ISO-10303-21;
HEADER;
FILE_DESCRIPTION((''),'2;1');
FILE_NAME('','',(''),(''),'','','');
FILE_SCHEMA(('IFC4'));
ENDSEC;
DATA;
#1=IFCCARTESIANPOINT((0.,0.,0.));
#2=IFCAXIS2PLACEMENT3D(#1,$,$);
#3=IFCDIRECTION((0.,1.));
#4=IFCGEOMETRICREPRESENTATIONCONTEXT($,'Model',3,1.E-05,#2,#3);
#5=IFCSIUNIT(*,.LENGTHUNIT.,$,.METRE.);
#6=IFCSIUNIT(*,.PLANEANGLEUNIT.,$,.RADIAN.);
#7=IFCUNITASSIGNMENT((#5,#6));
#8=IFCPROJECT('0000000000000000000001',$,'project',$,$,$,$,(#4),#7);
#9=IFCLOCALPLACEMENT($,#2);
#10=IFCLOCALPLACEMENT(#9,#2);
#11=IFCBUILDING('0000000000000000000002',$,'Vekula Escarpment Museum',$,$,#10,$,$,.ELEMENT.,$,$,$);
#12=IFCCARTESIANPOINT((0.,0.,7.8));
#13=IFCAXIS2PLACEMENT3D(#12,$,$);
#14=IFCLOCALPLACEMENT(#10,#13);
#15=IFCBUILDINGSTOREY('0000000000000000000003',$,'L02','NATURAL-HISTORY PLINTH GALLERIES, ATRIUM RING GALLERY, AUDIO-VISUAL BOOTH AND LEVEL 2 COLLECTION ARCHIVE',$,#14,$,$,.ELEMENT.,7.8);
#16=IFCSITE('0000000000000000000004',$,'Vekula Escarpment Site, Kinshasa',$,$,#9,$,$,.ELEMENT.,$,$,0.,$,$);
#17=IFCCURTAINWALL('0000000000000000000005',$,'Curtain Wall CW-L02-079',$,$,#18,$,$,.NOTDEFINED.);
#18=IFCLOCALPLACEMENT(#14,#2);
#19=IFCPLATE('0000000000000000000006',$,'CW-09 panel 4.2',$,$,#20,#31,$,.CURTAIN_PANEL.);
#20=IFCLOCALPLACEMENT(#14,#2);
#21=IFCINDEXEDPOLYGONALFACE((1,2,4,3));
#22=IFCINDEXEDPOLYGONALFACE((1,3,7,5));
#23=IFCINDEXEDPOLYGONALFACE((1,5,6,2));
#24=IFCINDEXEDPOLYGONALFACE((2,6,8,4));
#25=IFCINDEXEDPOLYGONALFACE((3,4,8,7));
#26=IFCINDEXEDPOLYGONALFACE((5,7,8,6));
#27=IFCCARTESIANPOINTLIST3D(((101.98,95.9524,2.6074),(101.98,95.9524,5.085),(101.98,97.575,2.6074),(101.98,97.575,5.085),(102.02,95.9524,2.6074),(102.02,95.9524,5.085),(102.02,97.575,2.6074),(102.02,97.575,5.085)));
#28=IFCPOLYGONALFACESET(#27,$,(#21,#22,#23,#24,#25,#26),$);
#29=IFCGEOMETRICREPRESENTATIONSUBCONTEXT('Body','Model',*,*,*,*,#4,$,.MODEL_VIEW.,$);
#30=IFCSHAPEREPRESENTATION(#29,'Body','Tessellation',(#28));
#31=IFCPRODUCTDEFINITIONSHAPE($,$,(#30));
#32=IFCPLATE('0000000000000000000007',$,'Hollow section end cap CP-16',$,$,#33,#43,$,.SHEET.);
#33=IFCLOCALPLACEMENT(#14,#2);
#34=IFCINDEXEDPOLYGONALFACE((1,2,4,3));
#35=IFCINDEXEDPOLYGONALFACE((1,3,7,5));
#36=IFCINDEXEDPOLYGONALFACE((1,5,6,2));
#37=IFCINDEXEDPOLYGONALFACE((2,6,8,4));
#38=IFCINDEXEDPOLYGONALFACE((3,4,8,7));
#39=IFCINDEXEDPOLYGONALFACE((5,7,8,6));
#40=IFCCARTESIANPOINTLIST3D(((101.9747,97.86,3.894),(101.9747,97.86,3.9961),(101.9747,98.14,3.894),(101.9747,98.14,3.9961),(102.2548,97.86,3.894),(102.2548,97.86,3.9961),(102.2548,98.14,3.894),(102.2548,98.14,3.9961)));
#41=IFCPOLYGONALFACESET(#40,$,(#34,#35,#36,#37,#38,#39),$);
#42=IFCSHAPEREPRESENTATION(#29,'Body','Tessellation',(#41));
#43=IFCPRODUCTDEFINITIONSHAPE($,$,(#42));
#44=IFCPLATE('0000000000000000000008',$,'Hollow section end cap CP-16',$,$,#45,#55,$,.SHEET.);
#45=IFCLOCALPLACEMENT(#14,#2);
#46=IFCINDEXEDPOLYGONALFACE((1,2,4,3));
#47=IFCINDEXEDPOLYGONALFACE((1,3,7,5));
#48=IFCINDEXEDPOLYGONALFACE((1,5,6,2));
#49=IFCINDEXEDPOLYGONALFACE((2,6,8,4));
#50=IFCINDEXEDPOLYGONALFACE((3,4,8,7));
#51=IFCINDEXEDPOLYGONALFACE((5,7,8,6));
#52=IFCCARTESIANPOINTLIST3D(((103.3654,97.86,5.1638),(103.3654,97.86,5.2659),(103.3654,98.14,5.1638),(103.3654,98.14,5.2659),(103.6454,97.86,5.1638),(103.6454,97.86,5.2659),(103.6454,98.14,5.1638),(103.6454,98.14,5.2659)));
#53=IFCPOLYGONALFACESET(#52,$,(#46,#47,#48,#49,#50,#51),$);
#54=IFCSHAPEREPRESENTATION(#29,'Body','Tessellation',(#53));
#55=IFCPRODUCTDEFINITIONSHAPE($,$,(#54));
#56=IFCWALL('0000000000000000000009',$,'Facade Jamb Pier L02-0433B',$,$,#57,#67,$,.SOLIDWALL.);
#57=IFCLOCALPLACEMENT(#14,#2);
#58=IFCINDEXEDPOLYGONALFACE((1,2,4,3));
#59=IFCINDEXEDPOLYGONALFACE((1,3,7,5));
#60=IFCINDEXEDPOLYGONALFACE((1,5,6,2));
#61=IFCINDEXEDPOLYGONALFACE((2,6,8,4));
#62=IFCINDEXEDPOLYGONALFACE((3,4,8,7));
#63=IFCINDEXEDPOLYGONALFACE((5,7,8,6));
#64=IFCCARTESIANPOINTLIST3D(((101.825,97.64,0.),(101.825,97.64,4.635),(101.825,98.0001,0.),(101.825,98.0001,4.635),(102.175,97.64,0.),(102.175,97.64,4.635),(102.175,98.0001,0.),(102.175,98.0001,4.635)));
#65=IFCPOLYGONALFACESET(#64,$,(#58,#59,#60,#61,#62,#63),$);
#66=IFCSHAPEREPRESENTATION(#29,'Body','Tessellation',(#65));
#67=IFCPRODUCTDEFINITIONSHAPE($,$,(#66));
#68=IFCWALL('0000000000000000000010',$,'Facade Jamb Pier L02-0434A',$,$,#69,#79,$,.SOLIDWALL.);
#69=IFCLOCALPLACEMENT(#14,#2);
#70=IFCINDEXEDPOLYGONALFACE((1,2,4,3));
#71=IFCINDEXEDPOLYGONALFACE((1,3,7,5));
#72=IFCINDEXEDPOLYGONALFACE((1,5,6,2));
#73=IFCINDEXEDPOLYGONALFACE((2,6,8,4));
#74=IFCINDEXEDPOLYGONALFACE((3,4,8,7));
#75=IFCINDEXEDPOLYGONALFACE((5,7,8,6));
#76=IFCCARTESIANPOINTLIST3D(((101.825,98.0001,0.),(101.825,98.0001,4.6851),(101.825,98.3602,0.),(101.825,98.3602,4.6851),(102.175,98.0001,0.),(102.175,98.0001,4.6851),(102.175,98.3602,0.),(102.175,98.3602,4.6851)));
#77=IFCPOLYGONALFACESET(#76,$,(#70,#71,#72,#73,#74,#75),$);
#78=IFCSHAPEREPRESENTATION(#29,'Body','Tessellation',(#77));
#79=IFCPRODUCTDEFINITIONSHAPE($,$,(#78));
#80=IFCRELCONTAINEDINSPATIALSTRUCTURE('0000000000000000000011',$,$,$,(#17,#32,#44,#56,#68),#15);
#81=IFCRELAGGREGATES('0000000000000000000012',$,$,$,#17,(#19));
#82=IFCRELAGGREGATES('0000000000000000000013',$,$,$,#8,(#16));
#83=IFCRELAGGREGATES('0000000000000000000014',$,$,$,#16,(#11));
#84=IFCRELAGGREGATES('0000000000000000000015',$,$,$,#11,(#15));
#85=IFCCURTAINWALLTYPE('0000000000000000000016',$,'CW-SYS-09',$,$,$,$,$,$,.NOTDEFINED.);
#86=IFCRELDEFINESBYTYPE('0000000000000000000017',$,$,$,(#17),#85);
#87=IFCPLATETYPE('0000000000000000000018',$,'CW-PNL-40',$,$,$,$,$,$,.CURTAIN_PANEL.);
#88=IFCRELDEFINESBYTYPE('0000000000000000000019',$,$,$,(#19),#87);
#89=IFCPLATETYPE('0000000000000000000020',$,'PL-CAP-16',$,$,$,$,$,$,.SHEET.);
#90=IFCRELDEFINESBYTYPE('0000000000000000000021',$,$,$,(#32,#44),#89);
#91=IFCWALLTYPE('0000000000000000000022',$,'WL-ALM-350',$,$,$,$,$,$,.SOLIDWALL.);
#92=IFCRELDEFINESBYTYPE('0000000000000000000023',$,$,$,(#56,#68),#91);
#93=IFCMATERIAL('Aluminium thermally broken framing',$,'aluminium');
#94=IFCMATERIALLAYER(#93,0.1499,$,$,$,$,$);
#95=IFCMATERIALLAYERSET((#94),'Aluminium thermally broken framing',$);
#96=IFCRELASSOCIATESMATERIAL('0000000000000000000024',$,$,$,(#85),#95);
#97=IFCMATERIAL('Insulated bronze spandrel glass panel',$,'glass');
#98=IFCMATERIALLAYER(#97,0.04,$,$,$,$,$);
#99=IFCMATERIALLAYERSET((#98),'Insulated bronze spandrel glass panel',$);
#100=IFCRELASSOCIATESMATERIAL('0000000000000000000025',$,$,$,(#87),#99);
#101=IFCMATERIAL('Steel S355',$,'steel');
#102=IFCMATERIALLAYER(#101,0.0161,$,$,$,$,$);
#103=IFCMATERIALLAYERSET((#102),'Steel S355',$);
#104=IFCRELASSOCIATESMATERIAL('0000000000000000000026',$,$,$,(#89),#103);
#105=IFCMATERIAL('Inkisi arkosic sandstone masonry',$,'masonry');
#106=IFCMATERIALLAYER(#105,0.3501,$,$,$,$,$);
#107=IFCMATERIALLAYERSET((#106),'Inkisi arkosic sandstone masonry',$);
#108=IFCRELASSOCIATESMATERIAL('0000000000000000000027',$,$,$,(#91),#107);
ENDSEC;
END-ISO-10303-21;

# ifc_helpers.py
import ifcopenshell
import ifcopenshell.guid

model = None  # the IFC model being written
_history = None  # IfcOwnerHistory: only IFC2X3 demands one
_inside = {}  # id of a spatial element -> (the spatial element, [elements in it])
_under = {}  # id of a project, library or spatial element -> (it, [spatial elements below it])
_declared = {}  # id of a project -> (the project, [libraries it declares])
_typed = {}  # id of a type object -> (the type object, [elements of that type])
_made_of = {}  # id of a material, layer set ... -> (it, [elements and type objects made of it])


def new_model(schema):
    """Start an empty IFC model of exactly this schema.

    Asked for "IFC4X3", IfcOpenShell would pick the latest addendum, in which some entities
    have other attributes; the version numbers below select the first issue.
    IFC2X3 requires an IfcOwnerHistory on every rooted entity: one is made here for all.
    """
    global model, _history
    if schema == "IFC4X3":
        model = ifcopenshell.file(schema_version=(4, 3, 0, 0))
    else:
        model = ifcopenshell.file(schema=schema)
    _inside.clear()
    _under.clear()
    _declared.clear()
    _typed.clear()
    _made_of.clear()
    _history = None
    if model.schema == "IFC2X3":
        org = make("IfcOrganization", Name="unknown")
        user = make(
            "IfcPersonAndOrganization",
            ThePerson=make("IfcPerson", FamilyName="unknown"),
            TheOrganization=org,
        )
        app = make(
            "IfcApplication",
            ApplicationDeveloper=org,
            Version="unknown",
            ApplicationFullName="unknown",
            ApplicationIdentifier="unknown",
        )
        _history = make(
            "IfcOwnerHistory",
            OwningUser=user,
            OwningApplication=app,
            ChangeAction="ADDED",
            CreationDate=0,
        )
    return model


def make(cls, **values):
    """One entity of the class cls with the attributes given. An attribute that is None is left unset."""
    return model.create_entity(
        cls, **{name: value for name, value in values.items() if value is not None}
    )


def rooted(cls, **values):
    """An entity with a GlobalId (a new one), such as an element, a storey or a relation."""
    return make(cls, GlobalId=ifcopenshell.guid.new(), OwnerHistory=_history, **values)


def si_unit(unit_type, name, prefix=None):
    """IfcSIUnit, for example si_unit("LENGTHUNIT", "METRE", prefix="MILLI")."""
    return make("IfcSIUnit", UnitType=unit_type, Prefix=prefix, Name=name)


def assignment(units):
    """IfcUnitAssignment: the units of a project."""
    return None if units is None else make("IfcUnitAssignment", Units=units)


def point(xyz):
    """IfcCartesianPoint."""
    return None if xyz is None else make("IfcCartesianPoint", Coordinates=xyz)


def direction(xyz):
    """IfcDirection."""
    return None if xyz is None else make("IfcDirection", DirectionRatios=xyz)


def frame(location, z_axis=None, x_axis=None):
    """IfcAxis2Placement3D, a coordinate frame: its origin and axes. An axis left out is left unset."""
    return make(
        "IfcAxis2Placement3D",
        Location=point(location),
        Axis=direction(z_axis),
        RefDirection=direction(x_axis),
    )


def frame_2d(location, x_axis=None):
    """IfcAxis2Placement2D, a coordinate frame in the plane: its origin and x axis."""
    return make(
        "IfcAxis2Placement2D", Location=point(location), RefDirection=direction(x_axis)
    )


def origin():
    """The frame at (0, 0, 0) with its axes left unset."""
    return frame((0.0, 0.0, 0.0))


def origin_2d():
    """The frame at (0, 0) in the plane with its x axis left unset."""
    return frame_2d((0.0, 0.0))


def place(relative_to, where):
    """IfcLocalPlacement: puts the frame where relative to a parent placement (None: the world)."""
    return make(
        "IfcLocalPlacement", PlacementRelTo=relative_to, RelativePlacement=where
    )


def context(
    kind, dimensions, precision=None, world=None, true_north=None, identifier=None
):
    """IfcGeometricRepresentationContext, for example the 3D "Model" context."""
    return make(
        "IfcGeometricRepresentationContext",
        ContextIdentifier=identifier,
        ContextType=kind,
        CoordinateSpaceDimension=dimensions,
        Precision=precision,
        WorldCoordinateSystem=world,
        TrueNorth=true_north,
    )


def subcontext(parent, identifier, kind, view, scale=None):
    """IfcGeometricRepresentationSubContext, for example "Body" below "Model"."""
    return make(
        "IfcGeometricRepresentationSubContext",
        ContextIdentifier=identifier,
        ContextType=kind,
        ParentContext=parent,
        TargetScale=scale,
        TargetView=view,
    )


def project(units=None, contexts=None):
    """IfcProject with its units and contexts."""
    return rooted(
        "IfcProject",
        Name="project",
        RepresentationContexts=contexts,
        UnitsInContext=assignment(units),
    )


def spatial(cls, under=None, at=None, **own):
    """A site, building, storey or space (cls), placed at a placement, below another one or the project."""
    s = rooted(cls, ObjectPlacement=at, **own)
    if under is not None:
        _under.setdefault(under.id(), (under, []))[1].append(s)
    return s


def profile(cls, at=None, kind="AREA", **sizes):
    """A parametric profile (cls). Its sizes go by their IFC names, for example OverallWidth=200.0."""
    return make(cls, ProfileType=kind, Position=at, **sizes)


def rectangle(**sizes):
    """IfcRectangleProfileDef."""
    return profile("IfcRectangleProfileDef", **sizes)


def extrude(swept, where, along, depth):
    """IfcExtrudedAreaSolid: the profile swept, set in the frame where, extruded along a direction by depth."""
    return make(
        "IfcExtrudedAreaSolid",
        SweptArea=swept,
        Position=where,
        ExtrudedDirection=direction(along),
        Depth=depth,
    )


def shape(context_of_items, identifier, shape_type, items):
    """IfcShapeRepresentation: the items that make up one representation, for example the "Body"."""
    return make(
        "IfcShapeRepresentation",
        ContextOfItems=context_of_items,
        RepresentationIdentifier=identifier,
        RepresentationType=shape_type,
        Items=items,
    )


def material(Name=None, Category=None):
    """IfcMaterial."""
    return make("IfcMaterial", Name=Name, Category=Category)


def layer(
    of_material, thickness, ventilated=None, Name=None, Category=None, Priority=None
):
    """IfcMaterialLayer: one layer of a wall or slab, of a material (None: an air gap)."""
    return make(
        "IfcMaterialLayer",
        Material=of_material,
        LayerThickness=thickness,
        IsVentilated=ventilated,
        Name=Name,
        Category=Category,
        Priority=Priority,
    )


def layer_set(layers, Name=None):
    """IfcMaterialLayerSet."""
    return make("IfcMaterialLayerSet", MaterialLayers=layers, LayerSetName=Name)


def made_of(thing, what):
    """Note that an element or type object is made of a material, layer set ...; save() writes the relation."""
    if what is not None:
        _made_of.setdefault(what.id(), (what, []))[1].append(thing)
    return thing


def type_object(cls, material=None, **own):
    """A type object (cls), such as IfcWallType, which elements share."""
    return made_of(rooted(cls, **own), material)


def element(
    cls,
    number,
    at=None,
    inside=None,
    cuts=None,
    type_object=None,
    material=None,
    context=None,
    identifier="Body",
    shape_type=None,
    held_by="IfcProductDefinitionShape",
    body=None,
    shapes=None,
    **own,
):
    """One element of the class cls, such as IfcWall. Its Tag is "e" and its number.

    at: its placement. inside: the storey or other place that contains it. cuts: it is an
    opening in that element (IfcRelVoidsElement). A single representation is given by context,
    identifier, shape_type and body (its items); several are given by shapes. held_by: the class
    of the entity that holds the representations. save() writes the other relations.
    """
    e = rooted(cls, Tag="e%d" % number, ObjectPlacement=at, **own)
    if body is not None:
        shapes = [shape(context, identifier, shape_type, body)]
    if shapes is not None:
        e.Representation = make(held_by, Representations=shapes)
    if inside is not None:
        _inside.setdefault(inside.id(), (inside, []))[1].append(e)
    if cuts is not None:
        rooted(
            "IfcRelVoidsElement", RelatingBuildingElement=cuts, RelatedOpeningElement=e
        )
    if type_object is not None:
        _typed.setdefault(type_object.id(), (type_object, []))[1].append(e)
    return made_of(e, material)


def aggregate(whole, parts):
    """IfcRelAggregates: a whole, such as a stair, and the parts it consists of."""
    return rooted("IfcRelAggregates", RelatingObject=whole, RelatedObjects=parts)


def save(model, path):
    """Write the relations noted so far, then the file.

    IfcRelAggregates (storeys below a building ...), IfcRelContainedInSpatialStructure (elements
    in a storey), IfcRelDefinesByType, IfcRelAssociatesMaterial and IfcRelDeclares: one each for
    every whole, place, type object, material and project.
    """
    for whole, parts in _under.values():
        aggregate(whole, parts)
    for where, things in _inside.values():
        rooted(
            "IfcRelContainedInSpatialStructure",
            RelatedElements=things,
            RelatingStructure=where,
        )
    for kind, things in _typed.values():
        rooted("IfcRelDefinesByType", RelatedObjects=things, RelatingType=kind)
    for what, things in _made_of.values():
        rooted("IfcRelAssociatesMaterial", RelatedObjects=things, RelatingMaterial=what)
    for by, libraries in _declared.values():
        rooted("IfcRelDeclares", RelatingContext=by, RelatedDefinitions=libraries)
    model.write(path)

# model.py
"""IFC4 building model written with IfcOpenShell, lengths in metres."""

from ifc_helpers import new_model, si_unit, direction, frame, frame_2d, origin, origin_2d, place, context, subcontext, project, spatial, rectangle, extrude, material, layer, layer_set, type_object, element, aggregate, save


model = new_model("IFC4")

# Units and contexts
model_context = context("Model", 3, precision=1e-05, world=origin(), true_north=direction((0.0, 1.0)))
body_context = subcontext(model_context, "Body", "Model", "MODEL_VIEW")
ifc_project = project(units=[si_unit("LENGTHUNIT", "METRE"), si_unit("PLANEANGLEUNIT", "RADIAN")], contexts=[model_context])

# Site, building, storey
site_placement = place(None, origin())
site = spatial("IfcSite", under=ifc_project, at=site_placement, Name="Vekula Escarpment Site, Kinshasa", CompositionType="ELEMENT", RefElevation=0.0)
building_placement = place(site_placement, origin())
building = spatial("IfcBuilding", under=site, at=building_placement, Name="Vekula Escarpment Museum", CompositionType="ELEMENT")
storey_placement = place(building_placement, frame((0.0, 0.0, 7.8)))
storey = spatial("IfcBuildingStorey", under=building, at=storey_placement, Name="L02", Description="NATURAL-HISTORY PLINTH GALLERIES, ATRIUM RING GALLERY, AUDIO-VISUAL BOOTH AND LEVEL 2 COLLECTION ARCHIVE", CompositionType="ELEMENT", Elevation=7.8)

# Curtain wall
ifc_material_1 = material(Name="Aluminium thermally broken framing", Category="aluminium")
ifc_layer_1 = layer(ifc_material_1, 0.1499)
ifc_layer_set_1 = layer_set([ifc_layer_1], Name="Aluminium thermally broken framing")
curtain_wall_type_1 = type_object("IfcCurtainWallType", Name="CW-SYS-09", PredefinedType="NOTDEFINED", material=ifc_layer_set_1)
curtain_wall_1_placement = place(storey_placement, origin())
curtain_wall_1 = element("IfcCurtainWall", 1, at=curtain_wall_1_placement, inside=storey, type_object=curtain_wall_type_1, Name="Curtain Wall CW-L02-079", PredefinedType="NOTDEFINED")

# Plate
ifc_material_2 = material(Name="Insulated bronze spandrel glass panel", Category="glass")
ifc_layer_2 = layer(ifc_material_2, 0.04)
ifc_layer_set_2 = layer_set([ifc_layer_2], Name="Insulated bronze spandrel glass panel")
plate_type_1 = type_object("IfcPlateType", Name="CW-PNL-40", PredefinedType="CURTAIN_PANEL", material=ifc_layer_set_2)
plate_1_placement = place(storey_placement, frame((102.0, 96.7637, 2.6074), z_axis=(0.0, 0.0, 1.0), x_axis=(0.0, 1.0, 0.0)))
plate_1 = element("IfcPlate", 2, at=plate_1_placement, type_object=plate_type_1, Name="CW-09 panel 4.2", PredefinedType="CURTAIN_PANEL", context=body_context, shape_type="SweptSolid", body=[
    extrude(rectangle(XDim=1.6226, YDim=0.04, at=origin_2d()), origin(), (0.0, 0.0, 1.0), 2.4775),
])
aggregate(curtain_wall_1, [plate_1])

# Plates
ifc_material_3 = material(Name="Steel S355", Category="steel")
ifc_layer_3 = layer(ifc_material_3, 0.0161)
ifc_layer_set_3 = layer_set([ifc_layer_3], Name="Steel S355")
plate_type_2 = type_object("IfcPlateType", Name="PL-CAP-16", PredefinedType="SHEET", material=ifc_layer_set_3)
for number, where, z_axis, x_axis, name in (
    (3, (102.1147, 98.0, 3.894), (0.0, 0.0, 1.0), (1.0, 0.0, 0.0), "Hollow section end cap CP-16"),
    (4, (103.5054, 98.0, 5.1638), (0.0, 0.0, 1.0), (1.0, 0.0, 0.0), "Hollow section end cap CP-16"),
):
    element("IfcPlate", number, at=place(storey_placement, frame(where, z_axis=z_axis, x_axis=x_axis)), inside=storey, type_object=plate_type_2, Name=name, PredefinedType="SHEET", context=body_context, shape_type="SweptSolid", body=[
        extrude(rectangle(XDim=0.28, YDim=0.28, at=origin_2d()), origin(), (0.0, 0.0, 1.0), 0.1021),
    ])

# Walls
ifc_material_4 = material(Name="Inkisi arkosic sandstone masonry", Category="masonry")
ifc_layer_4 = layer(ifc_material_4, 0.3501)
ifc_layer_set_4 = layer_set([ifc_layer_4], Name="Inkisi arkosic sandstone masonry")
wall_type = type_object("IfcWallType", Name="WL-ALM-350", PredefinedType="SOLIDWALL", material=ifc_layer_set_4)
wall_1_placement = place(storey_placement, frame((102.0, 97.6399, 0.0), z_axis=(0.0, 0.0, 1.0), x_axis=(0.0, 1.0, 0.0)))
element("IfcWall", 5, at=wall_1_placement, inside=storey, type_object=wall_type, Name="Facade Jamb Pier L02-0433B", PredefinedType="SOLIDWALL", context=body_context, shape_type="SweptSolid", body=[
    extrude(rectangle(XDim=0.3601, YDim=0.3501, at=frame_2d((0.1802, 0.0))), origin(), (0.0, 0.0, 1.0), 4.635),
])
wall_2_placement = place(storey_placement, frame((102.0, 98.0, 0.0), z_axis=(0.0, 0.0, 1.0), x_axis=(0.0, 1.0, 0.0)))
element("IfcWall", 6, at=wall_2_placement, inside=storey, type_object=wall_type, Name="Facade Jamb Pier L02-0434A", PredefinedType="SOLIDWALL", context=body_context, shape_type="SweptSolid", body=[
    extrude(rectangle(XDim=0.3601, YDim=0.3501, at=frame_2d((0.1802, 0.0))), origin(), (0.0, 0.0, 1.0), 4.6851),
])

save(model, "model.ifc")
